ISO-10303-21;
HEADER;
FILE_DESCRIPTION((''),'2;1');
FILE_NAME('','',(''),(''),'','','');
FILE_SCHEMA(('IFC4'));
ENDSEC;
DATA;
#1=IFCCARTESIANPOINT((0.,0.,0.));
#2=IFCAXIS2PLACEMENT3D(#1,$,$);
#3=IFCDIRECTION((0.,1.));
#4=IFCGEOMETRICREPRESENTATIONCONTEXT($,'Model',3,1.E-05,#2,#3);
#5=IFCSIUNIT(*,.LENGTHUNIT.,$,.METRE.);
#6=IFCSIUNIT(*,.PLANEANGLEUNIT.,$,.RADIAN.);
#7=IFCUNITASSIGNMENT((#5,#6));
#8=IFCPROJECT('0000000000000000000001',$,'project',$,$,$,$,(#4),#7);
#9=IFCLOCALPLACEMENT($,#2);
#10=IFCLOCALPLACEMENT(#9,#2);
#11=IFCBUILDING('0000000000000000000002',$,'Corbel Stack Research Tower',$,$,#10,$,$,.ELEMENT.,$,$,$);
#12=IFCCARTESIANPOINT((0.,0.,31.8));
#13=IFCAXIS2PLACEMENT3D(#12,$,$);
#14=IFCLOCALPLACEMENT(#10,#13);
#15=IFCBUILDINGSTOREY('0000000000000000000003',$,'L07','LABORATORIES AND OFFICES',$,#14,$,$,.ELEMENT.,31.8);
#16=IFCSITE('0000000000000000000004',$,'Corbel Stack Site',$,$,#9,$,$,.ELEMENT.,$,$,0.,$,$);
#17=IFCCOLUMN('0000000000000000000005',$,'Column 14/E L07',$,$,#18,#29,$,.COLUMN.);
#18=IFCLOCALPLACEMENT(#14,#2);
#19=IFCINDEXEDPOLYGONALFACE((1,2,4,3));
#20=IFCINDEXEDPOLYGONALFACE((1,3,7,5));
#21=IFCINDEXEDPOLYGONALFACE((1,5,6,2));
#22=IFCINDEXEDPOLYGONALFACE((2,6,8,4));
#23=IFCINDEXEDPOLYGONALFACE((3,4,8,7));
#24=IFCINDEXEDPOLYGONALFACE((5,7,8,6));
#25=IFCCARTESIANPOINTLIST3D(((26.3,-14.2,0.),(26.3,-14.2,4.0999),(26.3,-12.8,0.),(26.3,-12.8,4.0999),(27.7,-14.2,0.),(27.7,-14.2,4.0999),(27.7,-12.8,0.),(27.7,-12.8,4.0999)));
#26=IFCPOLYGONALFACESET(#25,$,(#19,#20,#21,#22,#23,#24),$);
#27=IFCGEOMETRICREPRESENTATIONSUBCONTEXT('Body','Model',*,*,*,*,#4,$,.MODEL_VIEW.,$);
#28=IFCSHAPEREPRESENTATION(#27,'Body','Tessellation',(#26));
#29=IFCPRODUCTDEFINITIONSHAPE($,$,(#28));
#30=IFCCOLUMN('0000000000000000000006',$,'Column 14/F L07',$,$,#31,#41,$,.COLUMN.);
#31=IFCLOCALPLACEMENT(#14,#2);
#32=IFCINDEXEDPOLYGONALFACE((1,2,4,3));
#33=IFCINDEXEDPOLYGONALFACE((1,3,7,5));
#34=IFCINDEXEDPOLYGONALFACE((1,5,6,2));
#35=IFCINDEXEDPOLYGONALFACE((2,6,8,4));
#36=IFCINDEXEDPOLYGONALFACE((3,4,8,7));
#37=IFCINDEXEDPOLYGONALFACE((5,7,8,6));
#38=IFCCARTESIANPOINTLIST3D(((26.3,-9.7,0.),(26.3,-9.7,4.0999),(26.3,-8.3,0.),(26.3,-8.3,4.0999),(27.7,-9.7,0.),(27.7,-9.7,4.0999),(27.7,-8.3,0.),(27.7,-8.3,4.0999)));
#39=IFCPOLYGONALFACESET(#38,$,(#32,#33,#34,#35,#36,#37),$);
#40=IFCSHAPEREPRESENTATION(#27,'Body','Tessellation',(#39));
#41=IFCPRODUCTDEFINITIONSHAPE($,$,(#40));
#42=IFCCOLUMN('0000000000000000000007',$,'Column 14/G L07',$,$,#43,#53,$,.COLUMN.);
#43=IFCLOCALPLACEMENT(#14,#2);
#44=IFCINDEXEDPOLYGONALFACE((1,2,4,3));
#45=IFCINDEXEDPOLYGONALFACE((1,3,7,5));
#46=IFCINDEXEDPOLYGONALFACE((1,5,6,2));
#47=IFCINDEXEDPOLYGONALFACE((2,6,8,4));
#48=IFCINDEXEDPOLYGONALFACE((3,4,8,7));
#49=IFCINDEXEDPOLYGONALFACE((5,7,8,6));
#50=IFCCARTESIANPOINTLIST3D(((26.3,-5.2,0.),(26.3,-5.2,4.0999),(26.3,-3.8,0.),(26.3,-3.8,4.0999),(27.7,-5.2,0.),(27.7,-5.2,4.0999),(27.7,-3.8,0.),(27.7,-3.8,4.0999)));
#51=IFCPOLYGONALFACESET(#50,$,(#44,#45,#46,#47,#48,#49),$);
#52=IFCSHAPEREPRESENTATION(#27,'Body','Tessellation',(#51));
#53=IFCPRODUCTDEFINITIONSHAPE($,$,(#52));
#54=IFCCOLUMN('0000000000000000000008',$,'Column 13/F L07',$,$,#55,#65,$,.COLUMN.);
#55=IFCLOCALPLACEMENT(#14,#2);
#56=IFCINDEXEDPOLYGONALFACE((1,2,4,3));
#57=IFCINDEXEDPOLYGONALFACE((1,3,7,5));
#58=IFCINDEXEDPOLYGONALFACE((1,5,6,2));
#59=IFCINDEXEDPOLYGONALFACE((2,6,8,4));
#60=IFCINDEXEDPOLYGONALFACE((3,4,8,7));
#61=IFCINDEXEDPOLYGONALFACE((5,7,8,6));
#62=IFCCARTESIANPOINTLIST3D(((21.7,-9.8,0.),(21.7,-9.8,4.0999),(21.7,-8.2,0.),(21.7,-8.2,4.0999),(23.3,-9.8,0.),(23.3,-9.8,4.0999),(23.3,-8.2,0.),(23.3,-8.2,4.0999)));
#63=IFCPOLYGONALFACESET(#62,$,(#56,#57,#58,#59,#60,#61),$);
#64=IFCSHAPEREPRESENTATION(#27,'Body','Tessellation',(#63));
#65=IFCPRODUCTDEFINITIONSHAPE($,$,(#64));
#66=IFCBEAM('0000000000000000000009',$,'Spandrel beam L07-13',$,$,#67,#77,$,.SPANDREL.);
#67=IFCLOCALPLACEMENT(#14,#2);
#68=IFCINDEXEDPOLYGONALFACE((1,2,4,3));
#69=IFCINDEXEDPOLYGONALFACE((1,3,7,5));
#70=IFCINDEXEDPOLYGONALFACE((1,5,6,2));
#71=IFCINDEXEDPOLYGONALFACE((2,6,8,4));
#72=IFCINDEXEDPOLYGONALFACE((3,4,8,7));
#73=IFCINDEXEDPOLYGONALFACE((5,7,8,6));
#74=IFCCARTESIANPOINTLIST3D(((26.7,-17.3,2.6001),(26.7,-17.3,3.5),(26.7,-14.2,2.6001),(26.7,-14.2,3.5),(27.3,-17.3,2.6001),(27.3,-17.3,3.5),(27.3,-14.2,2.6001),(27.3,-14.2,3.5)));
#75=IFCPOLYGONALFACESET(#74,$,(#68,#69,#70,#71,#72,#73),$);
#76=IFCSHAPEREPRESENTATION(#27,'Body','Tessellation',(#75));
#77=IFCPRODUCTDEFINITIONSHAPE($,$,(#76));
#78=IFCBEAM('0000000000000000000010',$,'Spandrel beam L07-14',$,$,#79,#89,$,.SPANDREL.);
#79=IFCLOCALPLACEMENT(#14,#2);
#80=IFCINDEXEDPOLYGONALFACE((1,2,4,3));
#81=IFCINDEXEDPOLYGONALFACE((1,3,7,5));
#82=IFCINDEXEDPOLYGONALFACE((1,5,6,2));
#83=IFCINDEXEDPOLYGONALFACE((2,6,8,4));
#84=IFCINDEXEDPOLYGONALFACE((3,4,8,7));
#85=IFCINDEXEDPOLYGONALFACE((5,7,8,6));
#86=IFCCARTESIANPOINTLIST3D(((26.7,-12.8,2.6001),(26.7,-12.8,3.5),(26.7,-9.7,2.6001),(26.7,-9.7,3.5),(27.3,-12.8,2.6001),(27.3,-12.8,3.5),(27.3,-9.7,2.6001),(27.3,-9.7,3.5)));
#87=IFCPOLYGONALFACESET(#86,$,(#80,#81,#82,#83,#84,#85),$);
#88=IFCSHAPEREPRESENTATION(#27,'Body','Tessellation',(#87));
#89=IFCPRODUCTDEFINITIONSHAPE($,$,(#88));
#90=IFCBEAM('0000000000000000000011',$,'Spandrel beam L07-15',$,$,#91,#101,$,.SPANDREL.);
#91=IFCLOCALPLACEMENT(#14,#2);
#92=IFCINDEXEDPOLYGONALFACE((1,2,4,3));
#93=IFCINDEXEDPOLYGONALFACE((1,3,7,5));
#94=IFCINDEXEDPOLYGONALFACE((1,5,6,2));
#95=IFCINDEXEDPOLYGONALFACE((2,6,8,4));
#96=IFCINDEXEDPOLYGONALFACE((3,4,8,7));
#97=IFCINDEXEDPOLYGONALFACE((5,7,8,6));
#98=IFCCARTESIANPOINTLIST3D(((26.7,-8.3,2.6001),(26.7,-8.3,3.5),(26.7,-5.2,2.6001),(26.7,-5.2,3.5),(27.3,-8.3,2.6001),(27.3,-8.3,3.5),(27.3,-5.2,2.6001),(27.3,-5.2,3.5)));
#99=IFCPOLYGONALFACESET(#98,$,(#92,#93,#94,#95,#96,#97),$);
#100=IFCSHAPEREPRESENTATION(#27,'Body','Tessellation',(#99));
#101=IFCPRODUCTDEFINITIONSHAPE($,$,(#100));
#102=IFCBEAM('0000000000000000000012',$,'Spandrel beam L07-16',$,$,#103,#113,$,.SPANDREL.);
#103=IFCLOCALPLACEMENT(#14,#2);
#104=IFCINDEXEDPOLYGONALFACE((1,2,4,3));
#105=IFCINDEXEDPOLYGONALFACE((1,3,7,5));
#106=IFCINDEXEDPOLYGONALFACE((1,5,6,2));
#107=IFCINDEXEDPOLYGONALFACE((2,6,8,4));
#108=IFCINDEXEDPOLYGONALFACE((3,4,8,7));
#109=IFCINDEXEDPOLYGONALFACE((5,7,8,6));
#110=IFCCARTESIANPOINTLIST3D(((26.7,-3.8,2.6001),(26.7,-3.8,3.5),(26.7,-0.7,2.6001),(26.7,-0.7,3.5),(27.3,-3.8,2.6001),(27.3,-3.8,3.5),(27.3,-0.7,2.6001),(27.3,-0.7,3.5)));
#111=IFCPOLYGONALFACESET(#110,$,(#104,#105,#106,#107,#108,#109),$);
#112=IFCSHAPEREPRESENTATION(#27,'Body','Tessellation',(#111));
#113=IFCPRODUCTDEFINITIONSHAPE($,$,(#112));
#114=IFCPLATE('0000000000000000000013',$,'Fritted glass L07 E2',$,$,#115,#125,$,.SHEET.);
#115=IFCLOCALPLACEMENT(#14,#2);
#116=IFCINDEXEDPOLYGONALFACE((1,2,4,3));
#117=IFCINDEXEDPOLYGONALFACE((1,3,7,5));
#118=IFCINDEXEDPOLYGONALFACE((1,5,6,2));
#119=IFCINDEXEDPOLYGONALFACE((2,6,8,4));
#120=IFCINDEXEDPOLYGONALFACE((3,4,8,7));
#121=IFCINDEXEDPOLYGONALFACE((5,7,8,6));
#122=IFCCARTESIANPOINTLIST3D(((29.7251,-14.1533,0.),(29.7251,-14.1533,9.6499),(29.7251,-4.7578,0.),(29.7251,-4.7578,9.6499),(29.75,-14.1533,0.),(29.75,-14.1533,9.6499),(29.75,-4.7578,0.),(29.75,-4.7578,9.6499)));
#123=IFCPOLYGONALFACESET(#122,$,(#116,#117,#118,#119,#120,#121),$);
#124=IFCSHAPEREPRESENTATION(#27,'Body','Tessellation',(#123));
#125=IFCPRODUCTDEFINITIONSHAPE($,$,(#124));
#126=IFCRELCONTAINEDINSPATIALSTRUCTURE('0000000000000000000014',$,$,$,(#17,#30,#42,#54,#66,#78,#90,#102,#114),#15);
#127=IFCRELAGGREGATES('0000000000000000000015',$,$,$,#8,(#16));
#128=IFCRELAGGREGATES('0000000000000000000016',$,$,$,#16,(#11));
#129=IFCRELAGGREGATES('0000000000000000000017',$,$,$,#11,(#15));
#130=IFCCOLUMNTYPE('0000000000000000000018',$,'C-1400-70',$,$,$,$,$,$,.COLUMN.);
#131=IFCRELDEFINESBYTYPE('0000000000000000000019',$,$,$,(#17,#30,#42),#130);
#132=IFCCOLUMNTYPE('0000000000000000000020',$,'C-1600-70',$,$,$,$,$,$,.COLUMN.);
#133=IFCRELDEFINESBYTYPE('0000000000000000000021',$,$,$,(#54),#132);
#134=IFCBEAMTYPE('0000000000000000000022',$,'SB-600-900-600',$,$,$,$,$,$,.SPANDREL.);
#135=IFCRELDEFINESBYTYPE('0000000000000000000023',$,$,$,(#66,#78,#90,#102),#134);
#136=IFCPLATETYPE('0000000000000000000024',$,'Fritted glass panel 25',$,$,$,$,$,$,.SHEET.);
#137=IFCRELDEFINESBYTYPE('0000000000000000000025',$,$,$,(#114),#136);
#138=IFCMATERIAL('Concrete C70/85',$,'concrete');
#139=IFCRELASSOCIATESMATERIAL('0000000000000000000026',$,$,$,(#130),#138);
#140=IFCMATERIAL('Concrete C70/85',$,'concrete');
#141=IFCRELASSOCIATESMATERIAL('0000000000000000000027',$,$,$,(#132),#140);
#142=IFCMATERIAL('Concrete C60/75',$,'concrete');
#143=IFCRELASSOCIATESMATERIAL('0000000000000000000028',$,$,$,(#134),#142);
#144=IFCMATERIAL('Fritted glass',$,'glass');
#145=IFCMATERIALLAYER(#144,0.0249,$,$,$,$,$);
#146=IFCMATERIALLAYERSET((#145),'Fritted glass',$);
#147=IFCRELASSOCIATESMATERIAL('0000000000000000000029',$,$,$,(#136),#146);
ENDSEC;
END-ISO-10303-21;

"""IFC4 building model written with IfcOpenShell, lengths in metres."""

from ifc_helpers import new_model, si_unit, direction, frame, origin, origin_2d, place, context, subcontext, project, spatial, rectangle, extrude, material, layer, layer_set, material_profile, profile_set, type_object, element, save


model = new_model("IFC4")

# Units and contexts
model_context = context("Model", 3, precision=1e-05, world=origin(), true_north=direction((0.0, 1.0)))
body_context = subcontext(model_context, "Body", "Model", "MODEL_VIEW")
ifc_project = project(units=[si_unit("LENGTHUNIT", "METRE"), si_unit("PLANEANGLEUNIT", "RADIAN")], contexts=[model_context])

# Site, building, storey
site_placement = place(None, origin())
site = spatial("IfcSite", under=ifc_project, at=site_placement, Name="Corbel Stack Site", CompositionType="ELEMENT", RefElevation=0.0)
building_placement = place(site_placement, origin())
building = spatial("IfcBuilding", under=site, at=building_placement, Name="Corbel Stack Research Tower", CompositionType="ELEMENT")
storey_placement = place(building_placement, frame((0.0, 0.0, 31.8)))
storey = spatial("IfcBuildingStorey", under=building, at=storey_placement, Name="L07", Description="LABORATORIES AND OFFICES", CompositionType="ELEMENT", Elevation=31.8)

# Columns
ifc_material_1 = material(Name="Concrete C70/85", Category="concrete")
ifc_material_profile_1 = material_profile(ifc_material_1, rectangle(XDim=1.3999, YDim=1.3999, at=origin_2d()), Name="RC 1400 x 1400")
ifc_profile_set_1 = profile_set([ifc_material_profile_1], Name="Concrete C70/85")
column_type_1 = type_object("IfcColumnType", Name="C-1400-70", PredefinedType="COLUMN", material=ifc_profile_set_1)
for number, where, z_axis, x_axis, name in (
    (1, (27.0, -13.5, 0.0), (0.0, 0.0, 1.0), (1.0, 0.0, 0.0), "Column 14/E L07"),
    (2, (27.0, -9.0, 0.0), (0.0, 0.0, 1.0), (1.0, 0.0, 0.0), "Column 14/F L07"),
    (3, (27.0, -4.5, 0.0), (0.0, 0.0, 1.0), (1.0, 0.0, 0.0), "Column 14/G L07"),
):
    element("IfcColumn", number, at=place(storey_placement, frame(where, z_axis=z_axis, x_axis=x_axis)), inside=storey, type_object=column_type_1, Name=name, PredefinedType="COLUMN", context=body_context, shape_type="SweptSolid", body=[
        extrude(rectangle(XDim=1.3999, YDim=1.3999, at=origin_2d()), origin(), (0.0, 0.0, 1.0), 4.0999),
    ])
ifc_material_2 = material(Name="Concrete C70/85", Category="concrete")
ifc_material_profile_2 = material_profile(ifc_material_2, rectangle(XDim=1.6001, YDim=1.6001, at=origin_2d()), Name="RC 1600 x 1600")
ifc_profile_set_2 = profile_set([ifc_material_profile_2], Name="Concrete C70/85")
column_type_2 = type_object("IfcColumnType", Name="C-1600-70", PredefinedType="COLUMN", material=ifc_profile_set_2)
column_placement = place(storey_placement, frame((22.5, -9.0, 0.0), z_axis=(0.0, 0.0, 1.0), x_axis=(1.0, 0.0, 0.0)))
element("IfcColumn", 4, at=column_placement, inside=storey, type_object=column_type_2, Name="Column 13/F L07", PredefinedType="COLUMN", context=body_context, shape_type="SweptSolid", body=[
    extrude(rectangle(XDim=1.6001, YDim=1.6001, at=origin_2d()), origin(), (0.0, 0.0, 1.0), 4.0999),
])

# Beams
ifc_material_3 = material(Name="Concrete C60/75", Category="concrete")
ifc_material_profile_3 = material_profile(ifc_material_3, rectangle(XDim=0.6001, YDim=0.8999, at=origin_2d()), Name="RC 600 x 900")
ifc_profile_set_3 = profile_set([ifc_material_profile_3], Name="Concrete C60/75")
beam_type = type_object("IfcBeamType", Name="SB-600-900-600", PredefinedType="SPANDREL", material=ifc_profile_set_3)
for number, where, z_axis, x_axis, name in (
    (5, (27.0, -17.3, 3.05), (0.0, 1.0, 0.0), (-1.0, 0.0, 0.0), "Spandrel beam L07-13"),
    (6, (27.0, -12.8, 3.05), (0.0, 1.0, 0.0), (-1.0, 0.0, 0.0), "Spandrel beam L07-14"),
    (7, (27.0, -8.3, 3.05), (0.0, 1.0, 0.0), (-1.0, 0.0, 0.0), "Spandrel beam L07-15"),
    (8, (27.0, -3.8, 3.05), (0.0, 1.0, 0.0), (-1.0, 0.0, 0.0), "Spandrel beam L07-16"),
):
    element("IfcBeam", number, at=place(storey_placement, frame(where, z_axis=z_axis, x_axis=x_axis)), inside=storey, type_object=beam_type, Name=name, PredefinedType="SPANDREL", context=body_context, shape_type="SweptSolid", body=[
        extrude(rectangle(XDim=0.6001, YDim=0.8999, at=origin_2d()), origin(), (0.0, 0.0, 1.0), 3.1001),
    ])

# Plate
ifc_material_4 = material(Name="Fritted glass", Category="glass")
ifc_layer_1 = layer(ifc_material_4, 0.0249)
ifc_layer_set_1 = layer_set([ifc_layer_1], Name="Fritted glass")
plate_type = type_object("IfcPlateType", Name="Fritted glass panel 25", PredefinedType="SHEET", material=ifc_layer_set_1)
plate_placement = place(storey_placement, frame((29.7375, -9.4556, 0.0), z_axis=(0.0, 0.0, 1.0), x_axis=(0.0, 1.0, 0.0)))
element("IfcPlate", 9, at=plate_placement, inside=storey, type_object=plate_type, Name="Fritted glass L07 E2", PredefinedType="SHEET", context=body_context, shape_type="SweptSolid", body=[
    extrude(rectangle(XDim=9.3955, YDim=0.0249, at=origin_2d()), origin(), (0.0, 0.0, 1.0), 9.6499),
])

save(model, "model.ifc")
